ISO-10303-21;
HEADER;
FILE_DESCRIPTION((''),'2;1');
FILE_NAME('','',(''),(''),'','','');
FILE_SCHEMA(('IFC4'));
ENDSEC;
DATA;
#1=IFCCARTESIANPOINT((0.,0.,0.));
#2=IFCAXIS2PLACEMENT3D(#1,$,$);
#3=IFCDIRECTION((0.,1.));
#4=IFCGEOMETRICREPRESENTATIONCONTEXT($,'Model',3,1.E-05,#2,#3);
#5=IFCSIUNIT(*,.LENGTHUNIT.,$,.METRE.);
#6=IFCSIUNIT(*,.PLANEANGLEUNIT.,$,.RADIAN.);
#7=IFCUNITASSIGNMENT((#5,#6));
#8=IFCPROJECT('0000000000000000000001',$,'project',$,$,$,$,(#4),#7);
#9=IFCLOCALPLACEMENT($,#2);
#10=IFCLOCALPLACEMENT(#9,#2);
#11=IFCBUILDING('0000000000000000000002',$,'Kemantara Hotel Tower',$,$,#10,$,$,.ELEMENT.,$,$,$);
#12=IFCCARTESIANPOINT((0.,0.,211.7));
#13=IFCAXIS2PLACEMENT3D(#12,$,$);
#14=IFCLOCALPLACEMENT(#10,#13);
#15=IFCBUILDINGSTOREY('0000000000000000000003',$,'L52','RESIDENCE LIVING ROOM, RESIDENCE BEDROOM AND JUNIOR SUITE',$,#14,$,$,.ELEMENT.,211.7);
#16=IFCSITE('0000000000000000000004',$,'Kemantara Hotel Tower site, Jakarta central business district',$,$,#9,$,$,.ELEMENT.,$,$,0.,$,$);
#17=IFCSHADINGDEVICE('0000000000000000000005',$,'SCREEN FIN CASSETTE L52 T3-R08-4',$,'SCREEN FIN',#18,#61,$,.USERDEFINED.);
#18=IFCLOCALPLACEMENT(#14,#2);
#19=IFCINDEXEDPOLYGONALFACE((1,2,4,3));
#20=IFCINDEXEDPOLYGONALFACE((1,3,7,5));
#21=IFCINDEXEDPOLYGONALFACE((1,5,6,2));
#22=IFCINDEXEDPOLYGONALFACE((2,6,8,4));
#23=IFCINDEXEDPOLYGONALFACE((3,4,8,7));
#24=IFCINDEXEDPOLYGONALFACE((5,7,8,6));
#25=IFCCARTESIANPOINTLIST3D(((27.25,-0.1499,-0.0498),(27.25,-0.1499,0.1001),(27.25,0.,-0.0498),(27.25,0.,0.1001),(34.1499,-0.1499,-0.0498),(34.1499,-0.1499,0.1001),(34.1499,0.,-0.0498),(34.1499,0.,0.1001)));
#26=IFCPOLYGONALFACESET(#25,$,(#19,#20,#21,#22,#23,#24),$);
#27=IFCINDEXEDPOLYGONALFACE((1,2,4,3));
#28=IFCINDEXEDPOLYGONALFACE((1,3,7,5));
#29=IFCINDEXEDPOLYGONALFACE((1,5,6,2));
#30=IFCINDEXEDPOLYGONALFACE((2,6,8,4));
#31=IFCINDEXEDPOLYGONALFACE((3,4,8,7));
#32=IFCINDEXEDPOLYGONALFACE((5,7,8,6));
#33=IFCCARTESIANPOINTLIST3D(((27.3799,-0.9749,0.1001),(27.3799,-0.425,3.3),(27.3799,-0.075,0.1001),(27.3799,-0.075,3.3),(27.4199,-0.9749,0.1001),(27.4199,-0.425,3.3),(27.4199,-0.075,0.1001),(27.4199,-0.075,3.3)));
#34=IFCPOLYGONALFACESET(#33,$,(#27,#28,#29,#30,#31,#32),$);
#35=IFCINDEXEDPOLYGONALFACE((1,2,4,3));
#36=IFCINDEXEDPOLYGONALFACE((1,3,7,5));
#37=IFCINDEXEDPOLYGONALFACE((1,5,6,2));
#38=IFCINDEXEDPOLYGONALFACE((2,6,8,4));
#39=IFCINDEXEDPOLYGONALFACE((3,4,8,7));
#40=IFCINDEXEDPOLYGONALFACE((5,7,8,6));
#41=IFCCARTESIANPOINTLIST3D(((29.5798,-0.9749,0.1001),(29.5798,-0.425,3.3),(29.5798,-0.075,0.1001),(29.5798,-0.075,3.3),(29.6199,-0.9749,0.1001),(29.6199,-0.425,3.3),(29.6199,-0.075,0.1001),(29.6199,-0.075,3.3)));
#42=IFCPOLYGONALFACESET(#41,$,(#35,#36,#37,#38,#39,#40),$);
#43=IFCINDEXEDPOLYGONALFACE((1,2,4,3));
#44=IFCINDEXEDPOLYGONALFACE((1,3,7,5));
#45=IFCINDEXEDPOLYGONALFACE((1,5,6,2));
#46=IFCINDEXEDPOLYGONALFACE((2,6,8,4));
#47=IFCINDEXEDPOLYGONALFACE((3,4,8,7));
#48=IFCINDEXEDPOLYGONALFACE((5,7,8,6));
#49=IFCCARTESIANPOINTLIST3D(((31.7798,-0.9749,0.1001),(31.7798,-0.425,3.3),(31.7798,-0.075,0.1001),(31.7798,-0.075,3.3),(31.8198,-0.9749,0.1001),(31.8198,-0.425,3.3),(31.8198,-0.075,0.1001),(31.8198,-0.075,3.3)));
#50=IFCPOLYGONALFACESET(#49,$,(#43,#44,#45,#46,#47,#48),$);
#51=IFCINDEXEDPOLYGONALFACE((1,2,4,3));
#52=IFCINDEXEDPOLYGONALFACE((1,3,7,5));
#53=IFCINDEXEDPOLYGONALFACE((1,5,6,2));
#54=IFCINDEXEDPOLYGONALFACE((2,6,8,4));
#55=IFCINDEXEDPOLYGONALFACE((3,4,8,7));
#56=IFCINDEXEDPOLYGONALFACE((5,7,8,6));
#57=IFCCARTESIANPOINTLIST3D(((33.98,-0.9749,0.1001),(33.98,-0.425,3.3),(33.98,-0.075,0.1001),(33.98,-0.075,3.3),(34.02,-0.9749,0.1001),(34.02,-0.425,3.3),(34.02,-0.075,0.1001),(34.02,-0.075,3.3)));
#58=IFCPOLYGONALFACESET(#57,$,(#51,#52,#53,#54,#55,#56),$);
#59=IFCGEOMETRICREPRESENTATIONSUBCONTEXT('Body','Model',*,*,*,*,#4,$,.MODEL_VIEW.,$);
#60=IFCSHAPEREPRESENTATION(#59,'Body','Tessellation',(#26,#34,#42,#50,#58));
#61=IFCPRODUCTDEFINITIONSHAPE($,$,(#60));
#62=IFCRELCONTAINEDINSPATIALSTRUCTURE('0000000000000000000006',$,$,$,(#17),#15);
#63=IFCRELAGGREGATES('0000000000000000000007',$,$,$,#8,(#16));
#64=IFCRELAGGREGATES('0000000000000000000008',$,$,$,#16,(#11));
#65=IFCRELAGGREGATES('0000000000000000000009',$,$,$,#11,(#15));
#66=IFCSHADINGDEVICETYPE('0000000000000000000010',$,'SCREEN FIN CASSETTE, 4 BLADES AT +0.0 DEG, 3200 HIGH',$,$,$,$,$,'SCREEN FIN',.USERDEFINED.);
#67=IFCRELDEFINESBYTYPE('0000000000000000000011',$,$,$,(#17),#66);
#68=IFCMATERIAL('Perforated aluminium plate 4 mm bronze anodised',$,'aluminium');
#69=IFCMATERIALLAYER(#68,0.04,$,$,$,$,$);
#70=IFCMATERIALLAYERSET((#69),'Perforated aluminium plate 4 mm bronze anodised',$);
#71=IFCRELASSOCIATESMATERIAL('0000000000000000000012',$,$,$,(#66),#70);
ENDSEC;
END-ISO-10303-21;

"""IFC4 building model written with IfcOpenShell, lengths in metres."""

from ifc_helpers import new_model, si_unit, direction, frame, origin, origin_2d, place, context, subcontext, project, spatial, polyline, rectangle, outline, extrude, source, transform, mapped, material, layer, layer_set, type_object, element, save


model = new_model("IFC4")

# Units and contexts
model_context = context("Model", 3, precision=1e-05, world=origin(), true_north=direction((0.0, 1.0)))
body_context = subcontext(model_context, "Body", "Model", "MODEL_VIEW")
ifc_project = project(units=[si_unit("LENGTHUNIT", "METRE"), si_unit("PLANEANGLEUNIT", "RADIAN")], contexts=[model_context])

# Site, building, storey
site_placement = place(None, origin())
site = spatial("IfcSite", under=ifc_project, at=site_placement, Name="Kemantara Hotel Tower site, Jakarta central business district", CompositionType="ELEMENT", RefElevation=0.0)
building_placement = place(site_placement, origin())
building = spatial("IfcBuilding", under=site, at=building_placement, Name="Kemantara Hotel Tower", CompositionType="ELEMENT")
storey_placement = place(building_placement, frame((0.0, 0.0, 211.7)))
storey = spatial("IfcBuildingStorey", under=building, at=storey_placement, Name="L52", Description="RESIDENCE LIVING ROOM, RESIDENCE BEDROOM AND JUNIOR SUITE", CompositionType="ELEMENT", Elevation=211.7)

# Shading device
ifc_material_1 = material(Name="Perforated aluminium plate 4 mm bronze anodised", Category="aluminium")
ifc_layer_1 = layer(ifc_material_1, 0.04)
ifc_layer_set_1 = layer_set([ifc_layer_1], Name="Perforated aluminium plate 4 mm bronze anodised")
shading_device_type = type_object("IfcShadingDeviceType", Name="SCREEN FIN CASSETTE, 4 BLADES AT +0.0 DEG, 3200 HIGH", ElementType="SCREEN FIN", PredefinedType="USERDEFINED", material=ifc_layer_set_1)
shared_shape = source(origin(), body_context, "Body", "SweptSolid", [
    extrude(rectangle(XDim=6.8999, YDim=0.1499, at=origin_2d()), frame((3.3, -0.075, -0.1499), z_axis=(0.0, 0.0, 1.0), x_axis=(1.0, 0.0, 0.0)), (0.0, 0.0, 1.0), 0.1499),
    extrude(outline(polyline([(0.0, 0.0), (0.8999, 0.0), (0.3501, 3.2), (0.0, 3.2), (0.0, 0.0)])), frame((0.02, -0.075, 0.0), z_axis=(-1.0, 0.0, 0.0), x_axis=(0.0, -1.0, 0.0)), (0.0, 0.0, 1.0), 0.04),
    extrude(outline(polyline([(0.0, 0.0), (0.8999, 0.0), (0.3501, 3.2), (0.0, 3.2), (0.0, 0.0)])), frame((2.22, -0.075, 0.0), z_axis=(-1.0, 0.0, 0.0), x_axis=(0.0, -1.0, 0.0)), (0.0, 0.0, 1.0), 0.04),
    extrude(outline(polyline([(0.0, 0.0), (0.8999, 0.0), (0.3501, 3.2), (0.0, 3.2), (0.0, 0.0)])), frame((4.4199, -0.075, 0.0), z_axis=(-1.0, 0.0, 0.0), x_axis=(0.0, -1.0, 0.0)), (0.0, 0.0, 1.0), 0.04),
    extrude(outline(polyline([(0.0, 0.0), (0.8999, 0.0), (0.3501, 3.2), (0.0, 3.2), (0.0, 0.0)])), frame((6.6201, -0.075, 0.0), z_axis=(-1.0, 0.0, 0.0), x_axis=(0.0, -1.0, 0.0)), (0.0, 0.0, 1.0), 0.04),
])
shading_device_placement = place(storey_placement, frame((27.3999, 0.0, 0.1001), z_axis=(0.0, 0.0, 1.0), x_axis=(1.0, 0.0, 0.0)))
element("IfcShadingDevice", 1, at=shading_device_placement, inside=storey, type_object=shading_device_type, Name="SCREEN FIN CASSETTE L52 T3-R08-4", ObjectType="SCREEN FIN", PredefinedType="USERDEFINED", context=body_context, shape_type="MappedRepresentation", body=[
    mapped(shared_shape, transform((0.0, 0.0, 0.0))),
])

save(model, "model.ifc")
